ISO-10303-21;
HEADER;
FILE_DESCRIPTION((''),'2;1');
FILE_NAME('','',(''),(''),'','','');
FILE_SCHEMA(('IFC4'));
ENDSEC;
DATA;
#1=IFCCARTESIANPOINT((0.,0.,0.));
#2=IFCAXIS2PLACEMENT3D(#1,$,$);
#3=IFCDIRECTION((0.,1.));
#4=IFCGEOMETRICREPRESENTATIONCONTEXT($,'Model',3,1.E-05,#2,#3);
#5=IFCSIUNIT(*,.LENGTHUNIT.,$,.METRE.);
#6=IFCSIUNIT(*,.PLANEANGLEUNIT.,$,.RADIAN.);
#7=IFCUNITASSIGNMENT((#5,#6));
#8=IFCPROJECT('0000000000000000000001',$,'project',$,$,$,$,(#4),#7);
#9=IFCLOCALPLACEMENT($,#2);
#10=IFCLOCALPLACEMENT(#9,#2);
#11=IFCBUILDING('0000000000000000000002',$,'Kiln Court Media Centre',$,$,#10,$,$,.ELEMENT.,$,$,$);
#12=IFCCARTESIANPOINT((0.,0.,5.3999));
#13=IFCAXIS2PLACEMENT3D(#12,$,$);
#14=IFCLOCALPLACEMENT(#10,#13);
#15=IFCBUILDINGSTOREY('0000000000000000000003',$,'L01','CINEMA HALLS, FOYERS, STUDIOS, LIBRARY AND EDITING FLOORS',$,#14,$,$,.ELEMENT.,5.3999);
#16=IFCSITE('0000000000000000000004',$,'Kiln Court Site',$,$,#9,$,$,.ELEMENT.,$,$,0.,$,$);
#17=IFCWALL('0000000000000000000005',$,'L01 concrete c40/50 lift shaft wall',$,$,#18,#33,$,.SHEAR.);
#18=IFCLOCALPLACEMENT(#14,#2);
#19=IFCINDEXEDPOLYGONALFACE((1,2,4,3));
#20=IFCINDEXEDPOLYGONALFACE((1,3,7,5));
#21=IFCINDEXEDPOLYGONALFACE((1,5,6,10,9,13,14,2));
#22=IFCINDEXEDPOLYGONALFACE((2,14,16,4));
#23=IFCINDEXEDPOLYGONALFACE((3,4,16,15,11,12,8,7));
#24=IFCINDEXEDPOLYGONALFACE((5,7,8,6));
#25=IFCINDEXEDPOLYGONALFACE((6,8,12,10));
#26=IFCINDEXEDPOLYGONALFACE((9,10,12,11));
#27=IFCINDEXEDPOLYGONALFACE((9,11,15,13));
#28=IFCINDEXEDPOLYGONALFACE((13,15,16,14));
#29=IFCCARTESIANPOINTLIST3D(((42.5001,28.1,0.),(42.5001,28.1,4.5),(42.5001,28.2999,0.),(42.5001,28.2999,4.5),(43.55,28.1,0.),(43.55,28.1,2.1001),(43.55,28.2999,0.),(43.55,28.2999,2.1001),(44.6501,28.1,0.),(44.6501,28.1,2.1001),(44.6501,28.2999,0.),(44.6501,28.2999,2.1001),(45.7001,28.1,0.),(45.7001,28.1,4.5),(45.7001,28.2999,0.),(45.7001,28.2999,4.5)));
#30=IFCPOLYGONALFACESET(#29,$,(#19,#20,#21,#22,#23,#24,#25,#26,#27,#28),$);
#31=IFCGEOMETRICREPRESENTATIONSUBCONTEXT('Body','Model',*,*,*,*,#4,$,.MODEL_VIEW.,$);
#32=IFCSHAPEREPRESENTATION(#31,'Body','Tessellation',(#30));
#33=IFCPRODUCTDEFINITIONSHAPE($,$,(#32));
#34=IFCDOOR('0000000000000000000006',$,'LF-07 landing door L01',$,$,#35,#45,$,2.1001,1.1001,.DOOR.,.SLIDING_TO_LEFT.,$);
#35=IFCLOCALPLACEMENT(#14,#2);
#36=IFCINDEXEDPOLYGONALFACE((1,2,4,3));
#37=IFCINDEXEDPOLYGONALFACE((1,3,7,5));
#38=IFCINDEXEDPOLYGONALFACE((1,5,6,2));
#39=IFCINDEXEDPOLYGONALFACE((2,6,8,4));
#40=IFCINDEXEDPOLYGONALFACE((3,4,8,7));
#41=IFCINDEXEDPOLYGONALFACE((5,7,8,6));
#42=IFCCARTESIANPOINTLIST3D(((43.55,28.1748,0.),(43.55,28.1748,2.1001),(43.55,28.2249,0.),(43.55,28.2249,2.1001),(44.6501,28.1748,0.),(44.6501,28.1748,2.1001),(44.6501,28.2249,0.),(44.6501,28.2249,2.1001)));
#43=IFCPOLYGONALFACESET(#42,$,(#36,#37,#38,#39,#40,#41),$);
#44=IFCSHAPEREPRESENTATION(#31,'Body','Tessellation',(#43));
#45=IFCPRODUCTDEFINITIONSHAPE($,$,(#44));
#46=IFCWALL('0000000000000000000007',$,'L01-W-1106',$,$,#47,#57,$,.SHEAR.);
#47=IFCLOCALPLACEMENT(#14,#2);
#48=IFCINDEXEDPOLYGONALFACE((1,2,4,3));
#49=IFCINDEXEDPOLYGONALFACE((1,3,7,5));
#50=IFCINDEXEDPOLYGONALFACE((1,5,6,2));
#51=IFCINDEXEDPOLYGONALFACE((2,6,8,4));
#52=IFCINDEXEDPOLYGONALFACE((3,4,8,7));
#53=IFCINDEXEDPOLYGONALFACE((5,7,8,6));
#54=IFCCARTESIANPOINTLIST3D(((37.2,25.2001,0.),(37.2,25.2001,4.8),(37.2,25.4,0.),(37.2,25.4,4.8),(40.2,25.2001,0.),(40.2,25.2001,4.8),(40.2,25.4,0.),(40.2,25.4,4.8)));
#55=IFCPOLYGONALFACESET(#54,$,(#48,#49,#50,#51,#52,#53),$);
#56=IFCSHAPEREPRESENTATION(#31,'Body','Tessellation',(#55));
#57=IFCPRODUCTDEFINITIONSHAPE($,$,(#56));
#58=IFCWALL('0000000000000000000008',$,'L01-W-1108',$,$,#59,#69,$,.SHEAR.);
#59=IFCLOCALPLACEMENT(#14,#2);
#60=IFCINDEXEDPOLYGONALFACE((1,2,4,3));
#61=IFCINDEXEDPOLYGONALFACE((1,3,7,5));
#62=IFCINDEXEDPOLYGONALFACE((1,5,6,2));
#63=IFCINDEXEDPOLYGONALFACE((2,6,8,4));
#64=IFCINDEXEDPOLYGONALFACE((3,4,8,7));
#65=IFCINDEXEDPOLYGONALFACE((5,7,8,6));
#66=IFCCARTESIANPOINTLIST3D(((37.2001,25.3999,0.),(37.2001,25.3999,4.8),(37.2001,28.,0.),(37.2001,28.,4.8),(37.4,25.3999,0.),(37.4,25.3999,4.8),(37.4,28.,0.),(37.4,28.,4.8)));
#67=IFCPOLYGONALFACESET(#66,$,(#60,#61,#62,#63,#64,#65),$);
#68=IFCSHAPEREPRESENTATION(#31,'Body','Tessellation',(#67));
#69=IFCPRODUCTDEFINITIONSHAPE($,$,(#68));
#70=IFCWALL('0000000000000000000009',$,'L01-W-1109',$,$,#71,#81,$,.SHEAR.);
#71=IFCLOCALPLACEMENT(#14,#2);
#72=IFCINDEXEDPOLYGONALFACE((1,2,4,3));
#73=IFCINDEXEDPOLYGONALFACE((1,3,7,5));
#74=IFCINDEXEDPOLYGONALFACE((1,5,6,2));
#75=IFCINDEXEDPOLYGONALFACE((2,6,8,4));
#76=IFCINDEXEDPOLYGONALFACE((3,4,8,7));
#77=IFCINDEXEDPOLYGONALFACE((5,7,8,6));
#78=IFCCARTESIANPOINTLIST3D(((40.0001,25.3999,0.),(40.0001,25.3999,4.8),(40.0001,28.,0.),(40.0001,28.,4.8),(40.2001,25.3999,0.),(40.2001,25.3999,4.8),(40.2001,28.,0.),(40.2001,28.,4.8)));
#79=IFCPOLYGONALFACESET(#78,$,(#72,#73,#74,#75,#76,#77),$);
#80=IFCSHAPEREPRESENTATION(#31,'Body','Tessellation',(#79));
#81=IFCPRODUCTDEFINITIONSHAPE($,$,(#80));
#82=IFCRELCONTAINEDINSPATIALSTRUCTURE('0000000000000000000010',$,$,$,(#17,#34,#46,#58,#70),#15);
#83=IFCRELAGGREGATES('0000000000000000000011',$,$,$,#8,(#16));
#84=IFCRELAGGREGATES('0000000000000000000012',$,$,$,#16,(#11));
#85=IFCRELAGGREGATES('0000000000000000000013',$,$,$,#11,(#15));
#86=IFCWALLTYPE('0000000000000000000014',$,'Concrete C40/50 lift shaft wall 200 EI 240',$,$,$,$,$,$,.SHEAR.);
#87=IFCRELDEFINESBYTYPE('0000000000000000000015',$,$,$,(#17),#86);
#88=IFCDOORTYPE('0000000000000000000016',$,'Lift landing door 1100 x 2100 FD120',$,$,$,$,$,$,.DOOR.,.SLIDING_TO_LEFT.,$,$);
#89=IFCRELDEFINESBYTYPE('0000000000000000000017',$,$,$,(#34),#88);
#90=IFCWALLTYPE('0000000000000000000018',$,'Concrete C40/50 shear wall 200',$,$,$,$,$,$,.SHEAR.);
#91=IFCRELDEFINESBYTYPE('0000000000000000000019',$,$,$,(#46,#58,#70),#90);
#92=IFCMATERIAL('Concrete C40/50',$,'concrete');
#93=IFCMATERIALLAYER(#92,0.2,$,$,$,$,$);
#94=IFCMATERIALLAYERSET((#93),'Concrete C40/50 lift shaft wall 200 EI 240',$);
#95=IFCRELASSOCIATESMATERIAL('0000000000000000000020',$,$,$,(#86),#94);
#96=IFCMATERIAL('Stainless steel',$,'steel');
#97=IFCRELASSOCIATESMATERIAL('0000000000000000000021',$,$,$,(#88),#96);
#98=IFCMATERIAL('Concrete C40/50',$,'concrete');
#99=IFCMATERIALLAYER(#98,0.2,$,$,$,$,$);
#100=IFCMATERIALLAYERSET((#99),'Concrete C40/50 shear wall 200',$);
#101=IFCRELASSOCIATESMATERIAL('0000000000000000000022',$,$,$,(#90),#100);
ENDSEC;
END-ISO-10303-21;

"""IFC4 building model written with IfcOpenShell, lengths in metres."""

from ifc_helpers import new_model, si_unit, direction, frame, frame_2d, origin, place, context, subcontext, project, spatial, rectangle, extrude, material, layer, layer_set, type_object, element, fill, save


model = new_model("IFC4")

# Units and contexts
model_context = context("Model", 3, precision=1e-05, world=origin(), true_north=direction((0.0, 1.0)))
body_context = subcontext(model_context, "Body", "Model", "MODEL_VIEW")
ifc_project = project(units=[si_unit("LENGTHUNIT", "METRE"), si_unit("PLANEANGLEUNIT", "RADIAN")], contexts=[model_context])

# Site, building, storey
site_placement = place(None, origin())
site = spatial("IfcSite", under=ifc_project, at=site_placement, Name="Kiln Court Site", CompositionType="ELEMENT", RefElevation=0.0)
building_placement = place(site_placement, origin())
building = spatial("IfcBuilding", under=site, at=building_placement, Name="Kiln Court Media Centre", CompositionType="ELEMENT")
storey_placement = place(building_placement, frame((0.0, 0.0, 5.3999)))
storey = spatial("IfcBuildingStorey", under=building, at=storey_placement, Name="L01", Description="CINEMA HALLS, FOYERS, STUDIOS, LIBRARY AND EDITING FLOORS", CompositionType="ELEMENT", Elevation=5.3999)

# Wall, opening, door
ifc_material_1 = material(Name="Concrete C40/50", Category="concrete")
ifc_layer_1 = layer(ifc_material_1, 0.2)
ifc_layer_set_1 = layer_set([ifc_layer_1], Name="Concrete C40/50 lift shaft wall 200 EI 240")
wall_type_1 = type_object("IfcWallType", Name="Concrete C40/50 lift shaft wall 200 EI 240", PredefinedType="SHEAR", material=ifc_layer_set_1)
wall_1_placement = place(storey_placement, frame((42.5, 28.2, 0.0), z_axis=(0.0, 0.0, 1.0), x_axis=(1.0, 0.0, 0.0)))
wall_1 = element("IfcWall", 1, at=wall_1_placement, inside=storey, type_object=wall_type_1, Name="L01 concrete c40/50 lift shaft wall", PredefinedType="SHEAR", context=body_context, shape_type="SweptSolid", body=[
    extrude(rectangle(XDim=3.2, YDim=0.2, at=frame_2d((1.6001, 0.0))), origin(), (0.0, 0.0, 1.0), 4.5),
])
opening_1_placement = place(wall_1_placement, frame((1.05, 0.0, 0.0)))
opening_1 = element("IfcOpeningElement", 2, at=opening_1_placement, cuts=wall_1, PredefinedType="OPENING", context=body_context, shape_type="SweptSolid", body=[
    extrude(rectangle(XDim=1.1001, YDim=2.1001, at=frame_2d((0.55, 1.05))), frame((0.0, 0.1099, 0.0), z_axis=(0.0, -1.0, 0.0), x_axis=(1.0, 0.0, 0.0)), (0.0, 0.0, 1.0), 0.22),
])
ifc_material_2 = material(Name="Stainless steel", Category="steel")
door_type_1 = type_object("IfcDoorType", Name="Lift landing door 1100 x 2100 FD120", OperationType="SLIDING_TO_LEFT", PredefinedType="DOOR", material=ifc_material_2)
door_1_placement = place(opening_1_placement, origin())
door_1 = element("IfcDoor", 3, at=door_1_placement, inside=storey, type_object=door_type_1, Name="LF-07 landing door L01", OperationType="SLIDING_TO_LEFT", OverallHeight=2.1001, OverallWidth=1.1001, PredefinedType="DOOR", context=body_context, shape_type="SweptSolid", body=[
    extrude(rectangle(XDim=1.1001, YDim=2.1001, at=frame_2d((0.55, 1.05))), frame((0.0, 0.0249, 0.0), z_axis=(0.0, -1.0, 0.0), x_axis=(1.0, 0.0, 0.0)), (0.0, 0.0, 1.0), 0.05),
])
fill(opening_1, door_1)

# Walls
ifc_material_3 = material(Name="Concrete C40/50", Category="concrete")
ifc_layer_2 = layer(ifc_material_3, 0.2)
ifc_layer_set_2 = layer_set([ifc_layer_2], Name="Concrete C40/50 shear wall 200")
wall_type_2 = type_object("IfcWallType", Name="Concrete C40/50 shear wall 200", PredefinedType="SHEAR", material=ifc_layer_set_2)
wall_2_placement = place(storey_placement, frame((40.2, 25.3, 0.0), z_axis=(0.0, 0.0, 1.0), x_axis=(-1.0, 0.0, 0.0)))
element("IfcWall", 4, at=wall_2_placement, inside=storey, type_object=wall_type_2, Name="L01-W-1106", PredefinedType="SHEAR", context=body_context, shape_type="SweptSolid", body=[
    extrude(rectangle(XDim=3.0, YDim=0.2, at=frame_2d((1.5, 0.0))), origin(), (0.0, 0.0, 1.0), 4.8),
])
for number, where, z_axis, x_axis, name in (
    (5, (37.3, 25.3999, 0.0), (0.0, 0.0, 1.0), (0.0, 1.0, 0.0), "L01-W-1108"),
    (6, (40.1001, 28.0, 0.0), (0.0, 0.0, 1.0), (0.0, -1.0, 0.0), "L01-W-1109"),
):
    element("IfcWall", number, at=place(storey_placement, frame(where, z_axis=z_axis, x_axis=x_axis)), inside=storey, type_object=wall_type_2, Name=name, PredefinedType="SHEAR", context=body_context, shape_type="SweptSolid", body=[
        extrude(rectangle(XDim=2.6001, YDim=0.2, at=frame_2d((1.3, 0.0))), origin(), (0.0, 0.0, 1.0), 4.8),
    ])

save(model, "model.ifc")
